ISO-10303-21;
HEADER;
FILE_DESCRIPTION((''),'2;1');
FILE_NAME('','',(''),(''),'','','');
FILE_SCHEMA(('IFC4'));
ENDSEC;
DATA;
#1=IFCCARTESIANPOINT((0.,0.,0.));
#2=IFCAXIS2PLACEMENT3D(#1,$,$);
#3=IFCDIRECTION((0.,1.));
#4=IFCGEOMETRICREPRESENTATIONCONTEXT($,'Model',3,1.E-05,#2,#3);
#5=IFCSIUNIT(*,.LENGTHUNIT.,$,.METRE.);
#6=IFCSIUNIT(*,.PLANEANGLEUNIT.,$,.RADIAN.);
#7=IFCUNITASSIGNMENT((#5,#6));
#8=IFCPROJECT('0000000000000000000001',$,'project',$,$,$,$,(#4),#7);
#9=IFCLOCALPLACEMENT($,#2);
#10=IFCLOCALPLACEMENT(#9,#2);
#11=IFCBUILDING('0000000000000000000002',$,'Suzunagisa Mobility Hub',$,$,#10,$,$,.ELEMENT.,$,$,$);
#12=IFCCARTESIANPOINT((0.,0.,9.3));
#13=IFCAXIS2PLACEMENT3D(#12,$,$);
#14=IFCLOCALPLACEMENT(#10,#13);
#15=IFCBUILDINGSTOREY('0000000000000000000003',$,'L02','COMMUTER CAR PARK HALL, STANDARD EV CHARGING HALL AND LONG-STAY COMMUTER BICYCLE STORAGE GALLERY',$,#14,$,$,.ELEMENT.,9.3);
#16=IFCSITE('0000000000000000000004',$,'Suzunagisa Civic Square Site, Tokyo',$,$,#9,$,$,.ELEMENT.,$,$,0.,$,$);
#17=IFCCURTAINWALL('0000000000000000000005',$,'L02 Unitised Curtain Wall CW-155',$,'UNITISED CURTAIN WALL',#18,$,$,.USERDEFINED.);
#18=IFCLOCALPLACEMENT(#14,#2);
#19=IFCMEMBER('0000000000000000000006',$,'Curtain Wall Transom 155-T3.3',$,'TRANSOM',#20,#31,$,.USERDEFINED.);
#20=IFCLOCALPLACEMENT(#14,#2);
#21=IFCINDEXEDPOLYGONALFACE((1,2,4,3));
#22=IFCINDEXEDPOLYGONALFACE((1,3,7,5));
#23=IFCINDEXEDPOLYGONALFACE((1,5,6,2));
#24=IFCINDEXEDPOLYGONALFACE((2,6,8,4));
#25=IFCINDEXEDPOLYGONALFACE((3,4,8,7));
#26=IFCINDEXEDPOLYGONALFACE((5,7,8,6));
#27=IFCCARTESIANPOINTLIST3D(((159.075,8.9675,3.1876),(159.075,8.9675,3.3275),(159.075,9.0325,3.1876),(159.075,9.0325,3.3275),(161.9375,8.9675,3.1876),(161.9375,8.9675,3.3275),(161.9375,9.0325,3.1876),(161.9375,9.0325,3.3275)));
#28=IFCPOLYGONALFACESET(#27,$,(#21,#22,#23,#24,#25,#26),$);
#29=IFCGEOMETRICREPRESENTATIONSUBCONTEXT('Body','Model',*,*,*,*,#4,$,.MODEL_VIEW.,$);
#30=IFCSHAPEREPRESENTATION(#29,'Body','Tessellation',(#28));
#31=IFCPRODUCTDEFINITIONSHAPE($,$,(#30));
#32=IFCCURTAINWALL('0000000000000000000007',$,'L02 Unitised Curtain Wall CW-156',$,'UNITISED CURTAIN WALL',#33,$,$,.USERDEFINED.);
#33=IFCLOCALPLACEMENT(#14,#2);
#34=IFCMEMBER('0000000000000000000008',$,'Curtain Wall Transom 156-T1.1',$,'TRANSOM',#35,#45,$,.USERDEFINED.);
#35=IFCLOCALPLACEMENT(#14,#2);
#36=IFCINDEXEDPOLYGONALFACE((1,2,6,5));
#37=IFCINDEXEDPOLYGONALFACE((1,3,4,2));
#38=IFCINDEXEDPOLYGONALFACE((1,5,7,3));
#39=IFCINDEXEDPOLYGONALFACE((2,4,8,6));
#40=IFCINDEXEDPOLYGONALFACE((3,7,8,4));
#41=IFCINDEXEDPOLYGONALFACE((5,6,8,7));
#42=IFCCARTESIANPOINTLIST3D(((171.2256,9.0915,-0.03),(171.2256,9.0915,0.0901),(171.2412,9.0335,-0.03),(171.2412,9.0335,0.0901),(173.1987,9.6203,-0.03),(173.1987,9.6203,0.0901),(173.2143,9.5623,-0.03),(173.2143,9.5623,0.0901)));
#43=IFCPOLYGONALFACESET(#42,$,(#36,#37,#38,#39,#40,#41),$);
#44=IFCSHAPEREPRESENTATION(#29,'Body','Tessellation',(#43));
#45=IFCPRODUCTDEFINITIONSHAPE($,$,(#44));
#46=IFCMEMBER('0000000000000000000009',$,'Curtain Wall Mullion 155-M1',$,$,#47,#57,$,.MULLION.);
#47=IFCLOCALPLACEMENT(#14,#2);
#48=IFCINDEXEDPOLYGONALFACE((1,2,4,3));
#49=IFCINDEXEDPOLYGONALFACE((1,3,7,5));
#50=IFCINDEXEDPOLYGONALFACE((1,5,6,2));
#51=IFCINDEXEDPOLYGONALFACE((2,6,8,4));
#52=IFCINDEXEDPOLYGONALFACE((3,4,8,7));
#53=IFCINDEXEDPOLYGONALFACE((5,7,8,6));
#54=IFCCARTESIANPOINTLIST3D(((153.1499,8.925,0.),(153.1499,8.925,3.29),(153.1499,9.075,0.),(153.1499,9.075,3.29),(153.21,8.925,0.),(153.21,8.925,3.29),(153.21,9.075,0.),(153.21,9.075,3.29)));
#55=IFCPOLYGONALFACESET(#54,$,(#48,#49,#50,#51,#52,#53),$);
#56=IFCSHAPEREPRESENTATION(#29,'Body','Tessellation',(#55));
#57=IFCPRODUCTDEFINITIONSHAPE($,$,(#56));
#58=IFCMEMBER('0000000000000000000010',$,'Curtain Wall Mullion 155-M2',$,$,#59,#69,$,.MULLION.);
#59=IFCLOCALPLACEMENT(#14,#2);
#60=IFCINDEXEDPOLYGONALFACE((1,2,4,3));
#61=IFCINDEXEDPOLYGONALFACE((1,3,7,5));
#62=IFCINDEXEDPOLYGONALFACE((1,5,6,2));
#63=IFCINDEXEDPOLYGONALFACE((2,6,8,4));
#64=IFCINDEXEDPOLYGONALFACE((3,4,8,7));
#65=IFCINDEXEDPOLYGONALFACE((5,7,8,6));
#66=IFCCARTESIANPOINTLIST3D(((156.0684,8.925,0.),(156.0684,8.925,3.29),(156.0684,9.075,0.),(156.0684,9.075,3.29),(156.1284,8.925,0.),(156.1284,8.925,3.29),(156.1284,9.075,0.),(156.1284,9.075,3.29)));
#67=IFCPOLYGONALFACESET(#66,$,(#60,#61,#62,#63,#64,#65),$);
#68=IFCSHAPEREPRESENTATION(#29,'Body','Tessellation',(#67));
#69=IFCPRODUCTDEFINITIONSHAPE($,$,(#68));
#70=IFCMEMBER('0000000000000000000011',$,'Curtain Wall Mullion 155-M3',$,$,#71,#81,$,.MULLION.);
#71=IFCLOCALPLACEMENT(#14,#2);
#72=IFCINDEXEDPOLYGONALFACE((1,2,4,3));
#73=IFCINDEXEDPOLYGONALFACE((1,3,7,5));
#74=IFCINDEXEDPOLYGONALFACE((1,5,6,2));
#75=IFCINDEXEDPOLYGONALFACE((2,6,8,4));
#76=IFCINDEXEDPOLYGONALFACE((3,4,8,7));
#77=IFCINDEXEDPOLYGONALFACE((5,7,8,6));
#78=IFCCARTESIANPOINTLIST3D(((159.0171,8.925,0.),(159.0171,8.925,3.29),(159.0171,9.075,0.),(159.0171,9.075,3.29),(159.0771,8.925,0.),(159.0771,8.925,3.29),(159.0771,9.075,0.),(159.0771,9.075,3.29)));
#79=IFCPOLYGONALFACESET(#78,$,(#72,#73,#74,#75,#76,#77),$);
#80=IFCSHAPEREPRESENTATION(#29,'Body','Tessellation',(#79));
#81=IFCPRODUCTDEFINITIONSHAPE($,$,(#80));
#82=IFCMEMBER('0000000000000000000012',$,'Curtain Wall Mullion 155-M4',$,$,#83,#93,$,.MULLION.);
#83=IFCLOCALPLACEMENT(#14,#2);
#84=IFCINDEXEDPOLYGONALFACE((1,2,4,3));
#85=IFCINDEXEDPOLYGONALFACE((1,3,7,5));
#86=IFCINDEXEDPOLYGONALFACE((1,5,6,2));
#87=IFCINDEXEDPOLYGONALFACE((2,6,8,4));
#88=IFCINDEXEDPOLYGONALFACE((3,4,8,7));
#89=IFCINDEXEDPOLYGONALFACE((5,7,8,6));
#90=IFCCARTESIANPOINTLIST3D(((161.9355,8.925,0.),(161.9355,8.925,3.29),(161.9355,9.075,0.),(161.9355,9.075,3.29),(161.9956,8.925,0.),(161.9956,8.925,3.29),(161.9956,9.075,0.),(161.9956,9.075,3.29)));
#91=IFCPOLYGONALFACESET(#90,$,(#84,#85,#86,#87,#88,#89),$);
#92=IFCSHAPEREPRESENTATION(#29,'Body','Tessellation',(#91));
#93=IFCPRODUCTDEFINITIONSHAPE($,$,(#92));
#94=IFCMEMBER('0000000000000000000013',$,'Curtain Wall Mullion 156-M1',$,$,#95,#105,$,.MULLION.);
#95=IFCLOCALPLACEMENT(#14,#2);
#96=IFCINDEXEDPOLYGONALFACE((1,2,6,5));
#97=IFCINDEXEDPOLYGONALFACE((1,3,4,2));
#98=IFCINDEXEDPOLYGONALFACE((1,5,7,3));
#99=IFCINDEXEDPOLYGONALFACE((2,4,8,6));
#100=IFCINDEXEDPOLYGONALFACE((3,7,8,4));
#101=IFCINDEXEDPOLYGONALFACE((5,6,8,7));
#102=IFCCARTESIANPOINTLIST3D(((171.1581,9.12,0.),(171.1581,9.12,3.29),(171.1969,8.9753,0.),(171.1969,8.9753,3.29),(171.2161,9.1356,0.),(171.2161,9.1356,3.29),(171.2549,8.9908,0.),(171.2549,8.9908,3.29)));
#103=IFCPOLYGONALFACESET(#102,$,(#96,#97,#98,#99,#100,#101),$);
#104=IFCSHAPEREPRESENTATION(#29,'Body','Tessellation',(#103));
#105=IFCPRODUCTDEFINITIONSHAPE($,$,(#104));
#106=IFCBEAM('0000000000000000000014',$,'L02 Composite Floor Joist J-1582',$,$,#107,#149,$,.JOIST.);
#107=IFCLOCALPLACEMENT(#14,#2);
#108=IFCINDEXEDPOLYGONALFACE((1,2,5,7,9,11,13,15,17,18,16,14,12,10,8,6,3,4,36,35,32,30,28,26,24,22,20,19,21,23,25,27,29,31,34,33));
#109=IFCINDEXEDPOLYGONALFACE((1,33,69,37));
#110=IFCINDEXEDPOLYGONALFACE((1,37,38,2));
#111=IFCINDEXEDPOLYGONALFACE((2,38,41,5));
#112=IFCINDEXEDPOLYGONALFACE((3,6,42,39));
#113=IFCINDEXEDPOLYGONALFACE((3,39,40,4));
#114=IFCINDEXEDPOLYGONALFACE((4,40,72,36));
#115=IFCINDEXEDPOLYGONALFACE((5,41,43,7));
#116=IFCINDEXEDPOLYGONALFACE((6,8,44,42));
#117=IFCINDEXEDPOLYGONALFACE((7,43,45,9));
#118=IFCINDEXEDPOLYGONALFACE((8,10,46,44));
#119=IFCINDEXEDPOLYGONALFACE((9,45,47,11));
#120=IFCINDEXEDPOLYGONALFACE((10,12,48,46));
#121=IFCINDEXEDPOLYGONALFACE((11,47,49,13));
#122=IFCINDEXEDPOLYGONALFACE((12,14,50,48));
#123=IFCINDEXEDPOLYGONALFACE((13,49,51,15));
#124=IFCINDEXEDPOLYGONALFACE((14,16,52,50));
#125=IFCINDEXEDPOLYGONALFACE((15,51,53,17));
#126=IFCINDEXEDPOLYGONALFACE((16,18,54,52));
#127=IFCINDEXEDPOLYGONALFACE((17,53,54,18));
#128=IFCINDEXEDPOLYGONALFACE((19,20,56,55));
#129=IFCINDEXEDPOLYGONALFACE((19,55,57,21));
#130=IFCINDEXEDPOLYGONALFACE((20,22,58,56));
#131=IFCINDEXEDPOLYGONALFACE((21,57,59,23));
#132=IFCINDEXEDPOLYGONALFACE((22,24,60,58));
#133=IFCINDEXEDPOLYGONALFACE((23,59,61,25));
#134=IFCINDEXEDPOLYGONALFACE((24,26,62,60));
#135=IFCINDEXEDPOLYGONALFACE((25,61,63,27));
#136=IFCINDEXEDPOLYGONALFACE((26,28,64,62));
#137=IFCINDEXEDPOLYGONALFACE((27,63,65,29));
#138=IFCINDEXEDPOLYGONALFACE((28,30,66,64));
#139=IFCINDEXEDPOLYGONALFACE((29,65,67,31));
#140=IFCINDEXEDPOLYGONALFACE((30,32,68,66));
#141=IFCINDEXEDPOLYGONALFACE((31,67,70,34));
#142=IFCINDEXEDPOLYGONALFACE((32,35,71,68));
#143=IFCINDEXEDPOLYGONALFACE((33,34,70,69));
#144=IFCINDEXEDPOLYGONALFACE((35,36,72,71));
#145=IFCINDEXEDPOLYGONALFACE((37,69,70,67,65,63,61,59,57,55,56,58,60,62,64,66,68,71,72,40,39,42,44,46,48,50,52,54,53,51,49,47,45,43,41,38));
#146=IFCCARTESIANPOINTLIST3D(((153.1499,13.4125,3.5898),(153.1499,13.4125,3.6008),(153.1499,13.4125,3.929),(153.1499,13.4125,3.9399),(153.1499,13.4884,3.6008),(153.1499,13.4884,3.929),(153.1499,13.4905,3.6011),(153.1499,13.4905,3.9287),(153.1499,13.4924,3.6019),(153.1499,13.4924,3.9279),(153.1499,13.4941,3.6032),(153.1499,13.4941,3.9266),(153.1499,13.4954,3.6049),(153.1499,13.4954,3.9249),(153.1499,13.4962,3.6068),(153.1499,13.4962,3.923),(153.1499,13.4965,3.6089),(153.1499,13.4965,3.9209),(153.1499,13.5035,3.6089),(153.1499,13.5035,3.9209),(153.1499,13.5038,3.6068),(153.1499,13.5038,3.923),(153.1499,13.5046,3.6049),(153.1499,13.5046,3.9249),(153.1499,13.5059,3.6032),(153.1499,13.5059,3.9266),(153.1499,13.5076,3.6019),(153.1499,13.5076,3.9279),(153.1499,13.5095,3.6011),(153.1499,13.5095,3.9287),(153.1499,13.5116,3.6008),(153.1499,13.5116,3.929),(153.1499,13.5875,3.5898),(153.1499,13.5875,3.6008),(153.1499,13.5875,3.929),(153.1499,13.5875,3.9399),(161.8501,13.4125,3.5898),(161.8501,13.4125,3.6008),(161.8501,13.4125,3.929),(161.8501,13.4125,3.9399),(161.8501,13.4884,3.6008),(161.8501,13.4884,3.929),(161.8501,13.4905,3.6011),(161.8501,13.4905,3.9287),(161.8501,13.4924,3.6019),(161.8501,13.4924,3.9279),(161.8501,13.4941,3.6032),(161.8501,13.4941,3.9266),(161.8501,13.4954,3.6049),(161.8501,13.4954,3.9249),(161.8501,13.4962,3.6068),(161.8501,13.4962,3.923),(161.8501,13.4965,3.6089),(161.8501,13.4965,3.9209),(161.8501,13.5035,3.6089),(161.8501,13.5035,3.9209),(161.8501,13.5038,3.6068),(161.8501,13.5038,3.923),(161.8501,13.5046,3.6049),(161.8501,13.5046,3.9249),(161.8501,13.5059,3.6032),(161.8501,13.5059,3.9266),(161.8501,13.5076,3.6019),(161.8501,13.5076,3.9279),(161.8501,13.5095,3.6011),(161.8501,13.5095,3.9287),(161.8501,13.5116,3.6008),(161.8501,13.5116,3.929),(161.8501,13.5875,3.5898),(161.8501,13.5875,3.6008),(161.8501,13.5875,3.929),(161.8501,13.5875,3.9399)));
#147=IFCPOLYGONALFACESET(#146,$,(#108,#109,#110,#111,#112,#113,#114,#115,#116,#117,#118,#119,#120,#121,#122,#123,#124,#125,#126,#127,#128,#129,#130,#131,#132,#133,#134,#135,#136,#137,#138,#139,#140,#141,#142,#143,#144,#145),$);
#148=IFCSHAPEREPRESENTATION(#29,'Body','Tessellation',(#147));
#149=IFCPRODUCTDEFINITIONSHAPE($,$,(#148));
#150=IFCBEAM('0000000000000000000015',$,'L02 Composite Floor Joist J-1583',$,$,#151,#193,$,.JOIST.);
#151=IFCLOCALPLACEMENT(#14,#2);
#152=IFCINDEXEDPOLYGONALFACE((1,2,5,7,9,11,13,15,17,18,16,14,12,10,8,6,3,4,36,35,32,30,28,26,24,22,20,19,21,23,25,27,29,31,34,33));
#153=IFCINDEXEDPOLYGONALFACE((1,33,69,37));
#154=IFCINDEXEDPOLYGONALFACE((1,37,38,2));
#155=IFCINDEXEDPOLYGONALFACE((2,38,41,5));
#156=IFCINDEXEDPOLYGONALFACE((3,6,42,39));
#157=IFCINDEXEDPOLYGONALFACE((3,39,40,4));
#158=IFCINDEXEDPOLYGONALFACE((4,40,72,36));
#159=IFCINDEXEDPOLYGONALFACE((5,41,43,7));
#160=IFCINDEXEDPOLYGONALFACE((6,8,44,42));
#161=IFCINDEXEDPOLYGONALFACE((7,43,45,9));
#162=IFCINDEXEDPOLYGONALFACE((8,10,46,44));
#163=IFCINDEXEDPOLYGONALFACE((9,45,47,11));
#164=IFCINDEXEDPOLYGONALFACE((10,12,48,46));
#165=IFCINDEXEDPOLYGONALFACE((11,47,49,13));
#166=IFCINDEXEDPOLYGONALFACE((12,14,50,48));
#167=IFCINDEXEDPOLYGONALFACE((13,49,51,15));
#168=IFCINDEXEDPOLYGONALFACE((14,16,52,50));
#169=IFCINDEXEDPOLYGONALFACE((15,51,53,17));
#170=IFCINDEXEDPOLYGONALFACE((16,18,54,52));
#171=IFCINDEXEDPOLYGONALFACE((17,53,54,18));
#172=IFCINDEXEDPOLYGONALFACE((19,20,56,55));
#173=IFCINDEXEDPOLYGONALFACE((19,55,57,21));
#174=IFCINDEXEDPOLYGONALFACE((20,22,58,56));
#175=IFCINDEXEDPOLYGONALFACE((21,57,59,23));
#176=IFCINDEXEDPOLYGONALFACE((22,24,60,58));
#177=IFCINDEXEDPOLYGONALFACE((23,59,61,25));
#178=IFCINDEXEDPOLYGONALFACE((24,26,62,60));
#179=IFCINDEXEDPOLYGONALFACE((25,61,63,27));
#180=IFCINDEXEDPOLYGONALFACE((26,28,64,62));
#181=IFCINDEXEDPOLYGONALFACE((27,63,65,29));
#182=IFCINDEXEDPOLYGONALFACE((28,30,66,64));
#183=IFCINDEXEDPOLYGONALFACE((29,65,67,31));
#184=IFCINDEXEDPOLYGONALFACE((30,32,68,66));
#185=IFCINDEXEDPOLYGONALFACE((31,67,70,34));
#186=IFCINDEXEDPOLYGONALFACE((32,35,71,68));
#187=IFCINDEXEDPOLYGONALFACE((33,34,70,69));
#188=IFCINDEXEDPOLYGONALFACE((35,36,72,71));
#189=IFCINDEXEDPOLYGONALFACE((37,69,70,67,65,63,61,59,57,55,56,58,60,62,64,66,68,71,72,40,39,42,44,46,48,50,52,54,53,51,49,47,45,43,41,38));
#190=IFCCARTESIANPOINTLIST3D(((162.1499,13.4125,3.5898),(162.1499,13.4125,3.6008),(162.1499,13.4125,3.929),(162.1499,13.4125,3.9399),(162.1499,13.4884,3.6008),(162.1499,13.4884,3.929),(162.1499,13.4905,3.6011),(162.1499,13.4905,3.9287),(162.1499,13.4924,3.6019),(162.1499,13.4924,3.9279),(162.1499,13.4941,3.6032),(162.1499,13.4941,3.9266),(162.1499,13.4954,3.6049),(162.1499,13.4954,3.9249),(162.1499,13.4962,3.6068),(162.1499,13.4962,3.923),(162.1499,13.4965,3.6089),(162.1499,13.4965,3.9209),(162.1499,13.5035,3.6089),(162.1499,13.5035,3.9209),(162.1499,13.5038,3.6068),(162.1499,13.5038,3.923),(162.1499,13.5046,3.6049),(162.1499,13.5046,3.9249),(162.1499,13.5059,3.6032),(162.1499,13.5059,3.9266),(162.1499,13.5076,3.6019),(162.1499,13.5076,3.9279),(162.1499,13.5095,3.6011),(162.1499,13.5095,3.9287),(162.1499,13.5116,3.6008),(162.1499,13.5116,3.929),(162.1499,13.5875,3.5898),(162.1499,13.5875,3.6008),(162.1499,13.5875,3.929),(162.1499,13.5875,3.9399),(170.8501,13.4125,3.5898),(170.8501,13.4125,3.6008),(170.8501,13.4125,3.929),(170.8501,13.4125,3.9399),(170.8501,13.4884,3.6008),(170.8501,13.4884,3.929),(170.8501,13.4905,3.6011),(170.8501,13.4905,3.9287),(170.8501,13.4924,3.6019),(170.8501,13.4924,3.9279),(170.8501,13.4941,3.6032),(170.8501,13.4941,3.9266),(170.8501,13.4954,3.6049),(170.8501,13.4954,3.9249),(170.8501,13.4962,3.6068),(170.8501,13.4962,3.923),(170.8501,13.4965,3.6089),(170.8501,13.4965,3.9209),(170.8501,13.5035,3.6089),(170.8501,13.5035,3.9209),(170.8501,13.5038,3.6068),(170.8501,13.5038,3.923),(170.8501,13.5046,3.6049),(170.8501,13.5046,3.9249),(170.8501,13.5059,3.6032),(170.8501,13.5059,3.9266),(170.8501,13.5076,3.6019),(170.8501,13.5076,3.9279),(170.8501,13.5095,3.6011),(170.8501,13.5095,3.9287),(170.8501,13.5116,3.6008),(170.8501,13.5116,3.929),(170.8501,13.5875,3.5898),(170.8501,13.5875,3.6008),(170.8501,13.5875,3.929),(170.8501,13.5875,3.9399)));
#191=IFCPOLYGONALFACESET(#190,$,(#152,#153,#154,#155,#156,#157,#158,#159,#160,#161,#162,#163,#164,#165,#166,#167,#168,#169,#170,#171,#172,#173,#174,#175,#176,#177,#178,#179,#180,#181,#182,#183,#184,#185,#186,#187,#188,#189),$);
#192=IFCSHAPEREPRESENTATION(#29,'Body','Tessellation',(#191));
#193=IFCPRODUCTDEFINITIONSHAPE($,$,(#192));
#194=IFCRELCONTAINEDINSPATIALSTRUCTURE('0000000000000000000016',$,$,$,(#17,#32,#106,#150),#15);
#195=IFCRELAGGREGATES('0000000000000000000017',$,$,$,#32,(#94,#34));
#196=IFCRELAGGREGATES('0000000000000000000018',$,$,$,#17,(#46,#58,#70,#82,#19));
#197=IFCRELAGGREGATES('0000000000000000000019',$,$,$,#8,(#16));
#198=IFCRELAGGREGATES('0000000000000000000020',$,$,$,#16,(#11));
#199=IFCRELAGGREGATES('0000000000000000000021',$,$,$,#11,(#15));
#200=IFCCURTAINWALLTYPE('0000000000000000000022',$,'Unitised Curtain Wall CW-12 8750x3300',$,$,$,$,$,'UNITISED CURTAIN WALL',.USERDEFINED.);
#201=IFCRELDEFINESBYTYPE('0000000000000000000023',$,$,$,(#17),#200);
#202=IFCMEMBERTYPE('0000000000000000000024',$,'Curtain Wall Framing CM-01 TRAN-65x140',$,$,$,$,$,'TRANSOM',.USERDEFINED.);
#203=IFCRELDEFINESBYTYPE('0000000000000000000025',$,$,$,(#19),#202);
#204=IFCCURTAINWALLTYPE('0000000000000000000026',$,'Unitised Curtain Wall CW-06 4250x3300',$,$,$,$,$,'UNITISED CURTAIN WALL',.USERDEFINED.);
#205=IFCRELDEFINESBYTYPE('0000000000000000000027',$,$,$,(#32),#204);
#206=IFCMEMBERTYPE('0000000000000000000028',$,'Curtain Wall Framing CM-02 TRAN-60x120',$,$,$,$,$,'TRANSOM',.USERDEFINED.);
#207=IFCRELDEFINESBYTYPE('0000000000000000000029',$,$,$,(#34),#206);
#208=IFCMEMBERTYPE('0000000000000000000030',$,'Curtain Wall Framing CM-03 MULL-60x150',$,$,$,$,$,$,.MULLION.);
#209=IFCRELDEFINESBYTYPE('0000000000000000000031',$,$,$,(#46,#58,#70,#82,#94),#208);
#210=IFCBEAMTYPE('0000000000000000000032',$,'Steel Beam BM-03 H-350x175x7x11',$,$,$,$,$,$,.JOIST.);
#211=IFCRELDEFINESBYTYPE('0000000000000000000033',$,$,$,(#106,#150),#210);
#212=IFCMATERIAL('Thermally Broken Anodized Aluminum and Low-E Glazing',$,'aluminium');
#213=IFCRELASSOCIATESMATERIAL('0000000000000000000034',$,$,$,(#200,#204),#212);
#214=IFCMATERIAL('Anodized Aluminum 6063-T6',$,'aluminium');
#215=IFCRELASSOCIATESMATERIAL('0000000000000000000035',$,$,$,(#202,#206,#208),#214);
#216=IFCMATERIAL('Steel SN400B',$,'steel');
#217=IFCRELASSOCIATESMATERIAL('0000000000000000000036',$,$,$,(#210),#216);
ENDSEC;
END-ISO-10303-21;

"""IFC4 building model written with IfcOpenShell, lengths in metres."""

from ifc_helpers import new_model, si_unit, direction, frame, origin, origin_2d, place, context, subcontext, project, spatial, rectangle, i_section, extrude, material, material_profile, profile_set, type_object, element, aggregate, save


model = new_model("IFC4")

# Units and contexts
model_context = context("Model", 3, precision=1e-05, world=origin(), true_north=direction((0.0, 1.0)))
body_context = subcontext(model_context, "Body", "Model", "MODEL_VIEW")
ifc_project = project(units=[si_unit("LENGTHUNIT", "METRE"), si_unit("PLANEANGLEUNIT", "RADIAN")], contexts=[model_context])

# Site, building, storey
site_placement = place(None, origin())
site = spatial("IfcSite", under=ifc_project, at=site_placement, Name="Suzunagisa Civic Square Site, Tokyo", CompositionType="ELEMENT", RefElevation=0.0)
building_placement = place(site_placement, origin())
building = spatial("IfcBuilding", under=site, at=building_placement, Name="Suzunagisa Mobility Hub", CompositionType="ELEMENT")
storey_placement = place(building_placement, frame((0.0, 0.0, 9.3)))
storey = spatial("IfcBuildingStorey", under=building, at=storey_placement, Name="L02", Description="COMMUTER CAR PARK HALL, STANDARD EV CHARGING HALL AND LONG-STAY COMMUTER BICYCLE STORAGE GALLERY", CompositionType="ELEMENT", Elevation=9.3)

# Curtain wall, member
ifc_material_1 = material(Name="Thermally Broken Anodized Aluminum and Low-E Glazing", Category="aluminium")
curtain_wall_type_1 = type_object("IfcCurtainWallType", Name="Unitised Curtain Wall CW-12 8750x3300", ElementType="UNITISED CURTAIN WALL", PredefinedType="USERDEFINED", material=ifc_material_1)
curtain_wall_1_placement = place(storey_placement, origin())
curtain_wall_1 = element("IfcCurtainWall", 1, at=curtain_wall_1_placement, inside=storey, type_object=curtain_wall_type_1, Name="L02 Unitised Curtain Wall CW-155", ObjectType="UNITISED CURTAIN WALL", PredefinedType="USERDEFINED")
ifc_material_2 = material(Name="Anodized Aluminum 6063-T6", Category="aluminium")
ifc_material_profile_1 = material_profile(ifc_material_2, rectangle(XDim=0.0649, YDim=0.1399, at=origin_2d()), Name="TRAN-65x140")
ifc_profile_set_1 = profile_set([ifc_material_profile_1], Name="Anodized Aluminum 6063-T6")
member_type_1 = type_object("IfcMemberType", Name="Curtain Wall Framing CM-01 TRAN-65x140", ElementType="TRANSOM", PredefinedType="USERDEFINED", material=ifc_profile_set_1)
member_1_placement = place(storey_placement, frame((159.075, 9.0, 3.2576), z_axis=(1.0, 0.0, 0.0), x_axis=(0.0, 1.0, 0.0)))
member_1 = element("IfcMember", 2, at=member_1_placement, type_object=member_type_1, Name="Curtain Wall Transom 155-T3.3", ObjectType="TRANSOM", PredefinedType="USERDEFINED", context=body_context, shape_type="SweptSolid", body=[
    extrude(rectangle(XDim=0.0649, YDim=0.1399, at=origin_2d()), origin(), (0.0, 0.0, 1.0), 2.8625),
])

# Curtain wall, member
curtain_wall_type_2 = type_object("IfcCurtainWallType", Name="Unitised Curtain Wall CW-06 4250x3300", ElementType="UNITISED CURTAIN WALL", PredefinedType="USERDEFINED", material=ifc_material_1)
curtain_wall_2_placement = place(storey_placement, origin())
curtain_wall_2 = element("IfcCurtainWall", 3, at=curtain_wall_2_placement, inside=storey, type_object=curtain_wall_type_2, Name="L02 Unitised Curtain Wall CW-156", ObjectType="UNITISED CURTAIN WALL", PredefinedType="USERDEFINED")
ifc_material_profile_2 = material_profile(ifc_material_2, rectangle(XDim=0.0601, YDim=0.1201, at=origin_2d()), Name="TRAN-60x120")
ifc_profile_set_2 = profile_set([ifc_material_profile_2], Name="Anodized Aluminum 6063-T6")
member_type_2 = type_object("IfcMemberType", Name="Curtain Wall Framing CM-02 TRAN-60x120", ElementType="TRANSOM", PredefinedType="USERDEFINED", material=ifc_profile_set_2)
member_2_placement = place(storey_placement, frame((171.2334, 9.0625, 0.03), z_axis=(0.965913, 0.258868, 0.0), x_axis=(-0.258868, 0.965913, 0.0)))
member_2 = element("IfcMember", 4, at=member_2_placement, type_object=member_type_2, Name="Curtain Wall Transom 156-T1.1", ObjectType="TRANSOM", PredefinedType="USERDEFINED", context=body_context, shape_type="SweptSolid", body=[
    extrude(rectangle(XDim=0.0601, YDim=0.1201, at=origin_2d()), origin(), (0.0, 0.0, 1.0), 2.0427),
])

# Members
ifc_material_profile_3 = material_profile(ifc_material_2, rectangle(XDim=0.0601, YDim=0.1499, at=origin_2d()), Name="MULL-60x150")
ifc_profile_set_3 = profile_set([ifc_material_profile_3], Name="Anodized Aluminum 6063-T6")
member_type_3 = type_object("IfcMemberType", Name="Curtain Wall Framing CM-03 MULL-60x150", PredefinedType="MULLION", material=ifc_profile_set_3)
member_3_placement = place(storey_placement, frame((153.1799, 9.0, 0.0), z_axis=(0.0, 0.0, 1.0), x_axis=(1.0, 0.0, 0.0)))
member_3 = element("IfcMember", 5, at=member_3_placement, type_object=member_type_3, Name="Curtain Wall Mullion 155-M1", PredefinedType="MULLION", context=body_context, shape_type="SweptSolid", body=[
    extrude(rectangle(XDim=0.0601, YDim=0.1499, at=origin_2d()), origin(), (0.0, 0.0, 1.0), 3.29),
])
member_4_placement = place(storey_placement, frame((156.0984, 9.0, 0.0), z_axis=(0.0, 0.0, 1.0), x_axis=(1.0, 0.0, 0.0)))
member_4 = element("IfcMember", 6, at=member_4_placement, type_object=member_type_3, Name="Curtain Wall Mullion 155-M2", PredefinedType="MULLION", context=body_context, shape_type="SweptSolid", body=[
    extrude(rectangle(XDim=0.0601, YDim=0.1499, at=origin_2d()), origin(), (0.0, 0.0, 1.0), 3.29),
])
member_5_placement = place(storey_placement, frame((159.0471, 9.0, 0.0), z_axis=(0.0, 0.0, 1.0), x_axis=(1.0, 0.0, 0.0)))
member_5 = element("IfcMember", 7, at=member_5_placement, type_object=member_type_3, Name="Curtain Wall Mullion 155-M3", PredefinedType="MULLION", context=body_context, shape_type="SweptSolid", body=[
    extrude(rectangle(XDim=0.0601, YDim=0.1499, at=origin_2d()), origin(), (0.0, 0.0, 1.0), 3.29),
])
member_6_placement = place(storey_placement, frame((161.9656, 9.0, 0.0), z_axis=(0.0, 0.0, 1.0), x_axis=(1.0, 0.0, 0.0)))
member_6 = element("IfcMember", 8, at=member_6_placement, type_object=member_type_3, Name="Curtain Wall Mullion 155-M4", PredefinedType="MULLION", context=body_context, shape_type="SweptSolid", body=[
    extrude(rectangle(XDim=0.0601, YDim=0.1499, at=origin_2d()), origin(), (0.0, 0.0, 1.0), 3.29),
])
member_7_placement = place(storey_placement, frame((171.2065, 9.0554, 0.0), z_axis=(0.0, 0.0, 1.0), x_axis=(0.965924, 0.258828, 0.0)))
member_7 = element("IfcMember", 9, at=member_7_placement, type_object=member_type_3, Name="Curtain Wall Mullion 156-M1", PredefinedType="MULLION", context=body_context, shape_type="SweptSolid", body=[
    extrude(rectangle(XDim=0.0601, YDim=0.1499, at=origin_2d()), origin(), (0.0, 0.0, 1.0), 3.29),
])
aggregate(curtain_wall_2, [member_7, member_2])

# Beams
ifc_material_3 = material(Name="Steel SN400B", Category="steel")
ifc_material_profile_4 = material_profile(ifc_material_3, i_section(OverallWidth=0.175, OverallDepth=0.3501, WebThickness=0.0071, FlangeThickness=0.011, FilletRadius=0.0081, at=origin_2d()), Name="H-350x175x7x11")
ifc_profile_set_4 = profile_set([ifc_material_profile_4], Name="Steel SN400B")
beam_type_1 = type_object("IfcBeamType", Name="Steel Beam BM-03 H-350x175x7x11", PredefinedType="JOIST", material=ifc_profile_set_4)
for number, where, z_axis, x_axis, name in (
    (10, (153.1499, 13.5, 3.7649), (1.0, 0.0, 0.0), (0.0, 1.0, 0.0), "L02 Composite Floor Joist J-1582"),
    (11, (162.1499, 13.5, 3.7649), (1.0, 0.0, 0.0), (0.0, 1.0, 0.0), "L02 Composite Floor Joist J-1583"),
):
    element("IfcBeam", number, at=place(storey_placement, frame(where, z_axis=z_axis, x_axis=x_axis)), inside=storey, type_object=beam_type_1, Name=name, PredefinedType="JOIST", context=body_context, shape_type="SweptSolid", body=[
        extrude(i_section(OverallWidth=0.175, OverallDepth=0.3501, WebThickness=0.0071, FlangeThickness=0.011, FilletRadius=0.0081, at=origin_2d()), origin(), (0.0, 0.0, 1.0), 8.7002),
    ])

aggregate(curtain_wall_1, [member_3, member_4, member_5, member_6, member_1])

save(model, "model.ifc")
